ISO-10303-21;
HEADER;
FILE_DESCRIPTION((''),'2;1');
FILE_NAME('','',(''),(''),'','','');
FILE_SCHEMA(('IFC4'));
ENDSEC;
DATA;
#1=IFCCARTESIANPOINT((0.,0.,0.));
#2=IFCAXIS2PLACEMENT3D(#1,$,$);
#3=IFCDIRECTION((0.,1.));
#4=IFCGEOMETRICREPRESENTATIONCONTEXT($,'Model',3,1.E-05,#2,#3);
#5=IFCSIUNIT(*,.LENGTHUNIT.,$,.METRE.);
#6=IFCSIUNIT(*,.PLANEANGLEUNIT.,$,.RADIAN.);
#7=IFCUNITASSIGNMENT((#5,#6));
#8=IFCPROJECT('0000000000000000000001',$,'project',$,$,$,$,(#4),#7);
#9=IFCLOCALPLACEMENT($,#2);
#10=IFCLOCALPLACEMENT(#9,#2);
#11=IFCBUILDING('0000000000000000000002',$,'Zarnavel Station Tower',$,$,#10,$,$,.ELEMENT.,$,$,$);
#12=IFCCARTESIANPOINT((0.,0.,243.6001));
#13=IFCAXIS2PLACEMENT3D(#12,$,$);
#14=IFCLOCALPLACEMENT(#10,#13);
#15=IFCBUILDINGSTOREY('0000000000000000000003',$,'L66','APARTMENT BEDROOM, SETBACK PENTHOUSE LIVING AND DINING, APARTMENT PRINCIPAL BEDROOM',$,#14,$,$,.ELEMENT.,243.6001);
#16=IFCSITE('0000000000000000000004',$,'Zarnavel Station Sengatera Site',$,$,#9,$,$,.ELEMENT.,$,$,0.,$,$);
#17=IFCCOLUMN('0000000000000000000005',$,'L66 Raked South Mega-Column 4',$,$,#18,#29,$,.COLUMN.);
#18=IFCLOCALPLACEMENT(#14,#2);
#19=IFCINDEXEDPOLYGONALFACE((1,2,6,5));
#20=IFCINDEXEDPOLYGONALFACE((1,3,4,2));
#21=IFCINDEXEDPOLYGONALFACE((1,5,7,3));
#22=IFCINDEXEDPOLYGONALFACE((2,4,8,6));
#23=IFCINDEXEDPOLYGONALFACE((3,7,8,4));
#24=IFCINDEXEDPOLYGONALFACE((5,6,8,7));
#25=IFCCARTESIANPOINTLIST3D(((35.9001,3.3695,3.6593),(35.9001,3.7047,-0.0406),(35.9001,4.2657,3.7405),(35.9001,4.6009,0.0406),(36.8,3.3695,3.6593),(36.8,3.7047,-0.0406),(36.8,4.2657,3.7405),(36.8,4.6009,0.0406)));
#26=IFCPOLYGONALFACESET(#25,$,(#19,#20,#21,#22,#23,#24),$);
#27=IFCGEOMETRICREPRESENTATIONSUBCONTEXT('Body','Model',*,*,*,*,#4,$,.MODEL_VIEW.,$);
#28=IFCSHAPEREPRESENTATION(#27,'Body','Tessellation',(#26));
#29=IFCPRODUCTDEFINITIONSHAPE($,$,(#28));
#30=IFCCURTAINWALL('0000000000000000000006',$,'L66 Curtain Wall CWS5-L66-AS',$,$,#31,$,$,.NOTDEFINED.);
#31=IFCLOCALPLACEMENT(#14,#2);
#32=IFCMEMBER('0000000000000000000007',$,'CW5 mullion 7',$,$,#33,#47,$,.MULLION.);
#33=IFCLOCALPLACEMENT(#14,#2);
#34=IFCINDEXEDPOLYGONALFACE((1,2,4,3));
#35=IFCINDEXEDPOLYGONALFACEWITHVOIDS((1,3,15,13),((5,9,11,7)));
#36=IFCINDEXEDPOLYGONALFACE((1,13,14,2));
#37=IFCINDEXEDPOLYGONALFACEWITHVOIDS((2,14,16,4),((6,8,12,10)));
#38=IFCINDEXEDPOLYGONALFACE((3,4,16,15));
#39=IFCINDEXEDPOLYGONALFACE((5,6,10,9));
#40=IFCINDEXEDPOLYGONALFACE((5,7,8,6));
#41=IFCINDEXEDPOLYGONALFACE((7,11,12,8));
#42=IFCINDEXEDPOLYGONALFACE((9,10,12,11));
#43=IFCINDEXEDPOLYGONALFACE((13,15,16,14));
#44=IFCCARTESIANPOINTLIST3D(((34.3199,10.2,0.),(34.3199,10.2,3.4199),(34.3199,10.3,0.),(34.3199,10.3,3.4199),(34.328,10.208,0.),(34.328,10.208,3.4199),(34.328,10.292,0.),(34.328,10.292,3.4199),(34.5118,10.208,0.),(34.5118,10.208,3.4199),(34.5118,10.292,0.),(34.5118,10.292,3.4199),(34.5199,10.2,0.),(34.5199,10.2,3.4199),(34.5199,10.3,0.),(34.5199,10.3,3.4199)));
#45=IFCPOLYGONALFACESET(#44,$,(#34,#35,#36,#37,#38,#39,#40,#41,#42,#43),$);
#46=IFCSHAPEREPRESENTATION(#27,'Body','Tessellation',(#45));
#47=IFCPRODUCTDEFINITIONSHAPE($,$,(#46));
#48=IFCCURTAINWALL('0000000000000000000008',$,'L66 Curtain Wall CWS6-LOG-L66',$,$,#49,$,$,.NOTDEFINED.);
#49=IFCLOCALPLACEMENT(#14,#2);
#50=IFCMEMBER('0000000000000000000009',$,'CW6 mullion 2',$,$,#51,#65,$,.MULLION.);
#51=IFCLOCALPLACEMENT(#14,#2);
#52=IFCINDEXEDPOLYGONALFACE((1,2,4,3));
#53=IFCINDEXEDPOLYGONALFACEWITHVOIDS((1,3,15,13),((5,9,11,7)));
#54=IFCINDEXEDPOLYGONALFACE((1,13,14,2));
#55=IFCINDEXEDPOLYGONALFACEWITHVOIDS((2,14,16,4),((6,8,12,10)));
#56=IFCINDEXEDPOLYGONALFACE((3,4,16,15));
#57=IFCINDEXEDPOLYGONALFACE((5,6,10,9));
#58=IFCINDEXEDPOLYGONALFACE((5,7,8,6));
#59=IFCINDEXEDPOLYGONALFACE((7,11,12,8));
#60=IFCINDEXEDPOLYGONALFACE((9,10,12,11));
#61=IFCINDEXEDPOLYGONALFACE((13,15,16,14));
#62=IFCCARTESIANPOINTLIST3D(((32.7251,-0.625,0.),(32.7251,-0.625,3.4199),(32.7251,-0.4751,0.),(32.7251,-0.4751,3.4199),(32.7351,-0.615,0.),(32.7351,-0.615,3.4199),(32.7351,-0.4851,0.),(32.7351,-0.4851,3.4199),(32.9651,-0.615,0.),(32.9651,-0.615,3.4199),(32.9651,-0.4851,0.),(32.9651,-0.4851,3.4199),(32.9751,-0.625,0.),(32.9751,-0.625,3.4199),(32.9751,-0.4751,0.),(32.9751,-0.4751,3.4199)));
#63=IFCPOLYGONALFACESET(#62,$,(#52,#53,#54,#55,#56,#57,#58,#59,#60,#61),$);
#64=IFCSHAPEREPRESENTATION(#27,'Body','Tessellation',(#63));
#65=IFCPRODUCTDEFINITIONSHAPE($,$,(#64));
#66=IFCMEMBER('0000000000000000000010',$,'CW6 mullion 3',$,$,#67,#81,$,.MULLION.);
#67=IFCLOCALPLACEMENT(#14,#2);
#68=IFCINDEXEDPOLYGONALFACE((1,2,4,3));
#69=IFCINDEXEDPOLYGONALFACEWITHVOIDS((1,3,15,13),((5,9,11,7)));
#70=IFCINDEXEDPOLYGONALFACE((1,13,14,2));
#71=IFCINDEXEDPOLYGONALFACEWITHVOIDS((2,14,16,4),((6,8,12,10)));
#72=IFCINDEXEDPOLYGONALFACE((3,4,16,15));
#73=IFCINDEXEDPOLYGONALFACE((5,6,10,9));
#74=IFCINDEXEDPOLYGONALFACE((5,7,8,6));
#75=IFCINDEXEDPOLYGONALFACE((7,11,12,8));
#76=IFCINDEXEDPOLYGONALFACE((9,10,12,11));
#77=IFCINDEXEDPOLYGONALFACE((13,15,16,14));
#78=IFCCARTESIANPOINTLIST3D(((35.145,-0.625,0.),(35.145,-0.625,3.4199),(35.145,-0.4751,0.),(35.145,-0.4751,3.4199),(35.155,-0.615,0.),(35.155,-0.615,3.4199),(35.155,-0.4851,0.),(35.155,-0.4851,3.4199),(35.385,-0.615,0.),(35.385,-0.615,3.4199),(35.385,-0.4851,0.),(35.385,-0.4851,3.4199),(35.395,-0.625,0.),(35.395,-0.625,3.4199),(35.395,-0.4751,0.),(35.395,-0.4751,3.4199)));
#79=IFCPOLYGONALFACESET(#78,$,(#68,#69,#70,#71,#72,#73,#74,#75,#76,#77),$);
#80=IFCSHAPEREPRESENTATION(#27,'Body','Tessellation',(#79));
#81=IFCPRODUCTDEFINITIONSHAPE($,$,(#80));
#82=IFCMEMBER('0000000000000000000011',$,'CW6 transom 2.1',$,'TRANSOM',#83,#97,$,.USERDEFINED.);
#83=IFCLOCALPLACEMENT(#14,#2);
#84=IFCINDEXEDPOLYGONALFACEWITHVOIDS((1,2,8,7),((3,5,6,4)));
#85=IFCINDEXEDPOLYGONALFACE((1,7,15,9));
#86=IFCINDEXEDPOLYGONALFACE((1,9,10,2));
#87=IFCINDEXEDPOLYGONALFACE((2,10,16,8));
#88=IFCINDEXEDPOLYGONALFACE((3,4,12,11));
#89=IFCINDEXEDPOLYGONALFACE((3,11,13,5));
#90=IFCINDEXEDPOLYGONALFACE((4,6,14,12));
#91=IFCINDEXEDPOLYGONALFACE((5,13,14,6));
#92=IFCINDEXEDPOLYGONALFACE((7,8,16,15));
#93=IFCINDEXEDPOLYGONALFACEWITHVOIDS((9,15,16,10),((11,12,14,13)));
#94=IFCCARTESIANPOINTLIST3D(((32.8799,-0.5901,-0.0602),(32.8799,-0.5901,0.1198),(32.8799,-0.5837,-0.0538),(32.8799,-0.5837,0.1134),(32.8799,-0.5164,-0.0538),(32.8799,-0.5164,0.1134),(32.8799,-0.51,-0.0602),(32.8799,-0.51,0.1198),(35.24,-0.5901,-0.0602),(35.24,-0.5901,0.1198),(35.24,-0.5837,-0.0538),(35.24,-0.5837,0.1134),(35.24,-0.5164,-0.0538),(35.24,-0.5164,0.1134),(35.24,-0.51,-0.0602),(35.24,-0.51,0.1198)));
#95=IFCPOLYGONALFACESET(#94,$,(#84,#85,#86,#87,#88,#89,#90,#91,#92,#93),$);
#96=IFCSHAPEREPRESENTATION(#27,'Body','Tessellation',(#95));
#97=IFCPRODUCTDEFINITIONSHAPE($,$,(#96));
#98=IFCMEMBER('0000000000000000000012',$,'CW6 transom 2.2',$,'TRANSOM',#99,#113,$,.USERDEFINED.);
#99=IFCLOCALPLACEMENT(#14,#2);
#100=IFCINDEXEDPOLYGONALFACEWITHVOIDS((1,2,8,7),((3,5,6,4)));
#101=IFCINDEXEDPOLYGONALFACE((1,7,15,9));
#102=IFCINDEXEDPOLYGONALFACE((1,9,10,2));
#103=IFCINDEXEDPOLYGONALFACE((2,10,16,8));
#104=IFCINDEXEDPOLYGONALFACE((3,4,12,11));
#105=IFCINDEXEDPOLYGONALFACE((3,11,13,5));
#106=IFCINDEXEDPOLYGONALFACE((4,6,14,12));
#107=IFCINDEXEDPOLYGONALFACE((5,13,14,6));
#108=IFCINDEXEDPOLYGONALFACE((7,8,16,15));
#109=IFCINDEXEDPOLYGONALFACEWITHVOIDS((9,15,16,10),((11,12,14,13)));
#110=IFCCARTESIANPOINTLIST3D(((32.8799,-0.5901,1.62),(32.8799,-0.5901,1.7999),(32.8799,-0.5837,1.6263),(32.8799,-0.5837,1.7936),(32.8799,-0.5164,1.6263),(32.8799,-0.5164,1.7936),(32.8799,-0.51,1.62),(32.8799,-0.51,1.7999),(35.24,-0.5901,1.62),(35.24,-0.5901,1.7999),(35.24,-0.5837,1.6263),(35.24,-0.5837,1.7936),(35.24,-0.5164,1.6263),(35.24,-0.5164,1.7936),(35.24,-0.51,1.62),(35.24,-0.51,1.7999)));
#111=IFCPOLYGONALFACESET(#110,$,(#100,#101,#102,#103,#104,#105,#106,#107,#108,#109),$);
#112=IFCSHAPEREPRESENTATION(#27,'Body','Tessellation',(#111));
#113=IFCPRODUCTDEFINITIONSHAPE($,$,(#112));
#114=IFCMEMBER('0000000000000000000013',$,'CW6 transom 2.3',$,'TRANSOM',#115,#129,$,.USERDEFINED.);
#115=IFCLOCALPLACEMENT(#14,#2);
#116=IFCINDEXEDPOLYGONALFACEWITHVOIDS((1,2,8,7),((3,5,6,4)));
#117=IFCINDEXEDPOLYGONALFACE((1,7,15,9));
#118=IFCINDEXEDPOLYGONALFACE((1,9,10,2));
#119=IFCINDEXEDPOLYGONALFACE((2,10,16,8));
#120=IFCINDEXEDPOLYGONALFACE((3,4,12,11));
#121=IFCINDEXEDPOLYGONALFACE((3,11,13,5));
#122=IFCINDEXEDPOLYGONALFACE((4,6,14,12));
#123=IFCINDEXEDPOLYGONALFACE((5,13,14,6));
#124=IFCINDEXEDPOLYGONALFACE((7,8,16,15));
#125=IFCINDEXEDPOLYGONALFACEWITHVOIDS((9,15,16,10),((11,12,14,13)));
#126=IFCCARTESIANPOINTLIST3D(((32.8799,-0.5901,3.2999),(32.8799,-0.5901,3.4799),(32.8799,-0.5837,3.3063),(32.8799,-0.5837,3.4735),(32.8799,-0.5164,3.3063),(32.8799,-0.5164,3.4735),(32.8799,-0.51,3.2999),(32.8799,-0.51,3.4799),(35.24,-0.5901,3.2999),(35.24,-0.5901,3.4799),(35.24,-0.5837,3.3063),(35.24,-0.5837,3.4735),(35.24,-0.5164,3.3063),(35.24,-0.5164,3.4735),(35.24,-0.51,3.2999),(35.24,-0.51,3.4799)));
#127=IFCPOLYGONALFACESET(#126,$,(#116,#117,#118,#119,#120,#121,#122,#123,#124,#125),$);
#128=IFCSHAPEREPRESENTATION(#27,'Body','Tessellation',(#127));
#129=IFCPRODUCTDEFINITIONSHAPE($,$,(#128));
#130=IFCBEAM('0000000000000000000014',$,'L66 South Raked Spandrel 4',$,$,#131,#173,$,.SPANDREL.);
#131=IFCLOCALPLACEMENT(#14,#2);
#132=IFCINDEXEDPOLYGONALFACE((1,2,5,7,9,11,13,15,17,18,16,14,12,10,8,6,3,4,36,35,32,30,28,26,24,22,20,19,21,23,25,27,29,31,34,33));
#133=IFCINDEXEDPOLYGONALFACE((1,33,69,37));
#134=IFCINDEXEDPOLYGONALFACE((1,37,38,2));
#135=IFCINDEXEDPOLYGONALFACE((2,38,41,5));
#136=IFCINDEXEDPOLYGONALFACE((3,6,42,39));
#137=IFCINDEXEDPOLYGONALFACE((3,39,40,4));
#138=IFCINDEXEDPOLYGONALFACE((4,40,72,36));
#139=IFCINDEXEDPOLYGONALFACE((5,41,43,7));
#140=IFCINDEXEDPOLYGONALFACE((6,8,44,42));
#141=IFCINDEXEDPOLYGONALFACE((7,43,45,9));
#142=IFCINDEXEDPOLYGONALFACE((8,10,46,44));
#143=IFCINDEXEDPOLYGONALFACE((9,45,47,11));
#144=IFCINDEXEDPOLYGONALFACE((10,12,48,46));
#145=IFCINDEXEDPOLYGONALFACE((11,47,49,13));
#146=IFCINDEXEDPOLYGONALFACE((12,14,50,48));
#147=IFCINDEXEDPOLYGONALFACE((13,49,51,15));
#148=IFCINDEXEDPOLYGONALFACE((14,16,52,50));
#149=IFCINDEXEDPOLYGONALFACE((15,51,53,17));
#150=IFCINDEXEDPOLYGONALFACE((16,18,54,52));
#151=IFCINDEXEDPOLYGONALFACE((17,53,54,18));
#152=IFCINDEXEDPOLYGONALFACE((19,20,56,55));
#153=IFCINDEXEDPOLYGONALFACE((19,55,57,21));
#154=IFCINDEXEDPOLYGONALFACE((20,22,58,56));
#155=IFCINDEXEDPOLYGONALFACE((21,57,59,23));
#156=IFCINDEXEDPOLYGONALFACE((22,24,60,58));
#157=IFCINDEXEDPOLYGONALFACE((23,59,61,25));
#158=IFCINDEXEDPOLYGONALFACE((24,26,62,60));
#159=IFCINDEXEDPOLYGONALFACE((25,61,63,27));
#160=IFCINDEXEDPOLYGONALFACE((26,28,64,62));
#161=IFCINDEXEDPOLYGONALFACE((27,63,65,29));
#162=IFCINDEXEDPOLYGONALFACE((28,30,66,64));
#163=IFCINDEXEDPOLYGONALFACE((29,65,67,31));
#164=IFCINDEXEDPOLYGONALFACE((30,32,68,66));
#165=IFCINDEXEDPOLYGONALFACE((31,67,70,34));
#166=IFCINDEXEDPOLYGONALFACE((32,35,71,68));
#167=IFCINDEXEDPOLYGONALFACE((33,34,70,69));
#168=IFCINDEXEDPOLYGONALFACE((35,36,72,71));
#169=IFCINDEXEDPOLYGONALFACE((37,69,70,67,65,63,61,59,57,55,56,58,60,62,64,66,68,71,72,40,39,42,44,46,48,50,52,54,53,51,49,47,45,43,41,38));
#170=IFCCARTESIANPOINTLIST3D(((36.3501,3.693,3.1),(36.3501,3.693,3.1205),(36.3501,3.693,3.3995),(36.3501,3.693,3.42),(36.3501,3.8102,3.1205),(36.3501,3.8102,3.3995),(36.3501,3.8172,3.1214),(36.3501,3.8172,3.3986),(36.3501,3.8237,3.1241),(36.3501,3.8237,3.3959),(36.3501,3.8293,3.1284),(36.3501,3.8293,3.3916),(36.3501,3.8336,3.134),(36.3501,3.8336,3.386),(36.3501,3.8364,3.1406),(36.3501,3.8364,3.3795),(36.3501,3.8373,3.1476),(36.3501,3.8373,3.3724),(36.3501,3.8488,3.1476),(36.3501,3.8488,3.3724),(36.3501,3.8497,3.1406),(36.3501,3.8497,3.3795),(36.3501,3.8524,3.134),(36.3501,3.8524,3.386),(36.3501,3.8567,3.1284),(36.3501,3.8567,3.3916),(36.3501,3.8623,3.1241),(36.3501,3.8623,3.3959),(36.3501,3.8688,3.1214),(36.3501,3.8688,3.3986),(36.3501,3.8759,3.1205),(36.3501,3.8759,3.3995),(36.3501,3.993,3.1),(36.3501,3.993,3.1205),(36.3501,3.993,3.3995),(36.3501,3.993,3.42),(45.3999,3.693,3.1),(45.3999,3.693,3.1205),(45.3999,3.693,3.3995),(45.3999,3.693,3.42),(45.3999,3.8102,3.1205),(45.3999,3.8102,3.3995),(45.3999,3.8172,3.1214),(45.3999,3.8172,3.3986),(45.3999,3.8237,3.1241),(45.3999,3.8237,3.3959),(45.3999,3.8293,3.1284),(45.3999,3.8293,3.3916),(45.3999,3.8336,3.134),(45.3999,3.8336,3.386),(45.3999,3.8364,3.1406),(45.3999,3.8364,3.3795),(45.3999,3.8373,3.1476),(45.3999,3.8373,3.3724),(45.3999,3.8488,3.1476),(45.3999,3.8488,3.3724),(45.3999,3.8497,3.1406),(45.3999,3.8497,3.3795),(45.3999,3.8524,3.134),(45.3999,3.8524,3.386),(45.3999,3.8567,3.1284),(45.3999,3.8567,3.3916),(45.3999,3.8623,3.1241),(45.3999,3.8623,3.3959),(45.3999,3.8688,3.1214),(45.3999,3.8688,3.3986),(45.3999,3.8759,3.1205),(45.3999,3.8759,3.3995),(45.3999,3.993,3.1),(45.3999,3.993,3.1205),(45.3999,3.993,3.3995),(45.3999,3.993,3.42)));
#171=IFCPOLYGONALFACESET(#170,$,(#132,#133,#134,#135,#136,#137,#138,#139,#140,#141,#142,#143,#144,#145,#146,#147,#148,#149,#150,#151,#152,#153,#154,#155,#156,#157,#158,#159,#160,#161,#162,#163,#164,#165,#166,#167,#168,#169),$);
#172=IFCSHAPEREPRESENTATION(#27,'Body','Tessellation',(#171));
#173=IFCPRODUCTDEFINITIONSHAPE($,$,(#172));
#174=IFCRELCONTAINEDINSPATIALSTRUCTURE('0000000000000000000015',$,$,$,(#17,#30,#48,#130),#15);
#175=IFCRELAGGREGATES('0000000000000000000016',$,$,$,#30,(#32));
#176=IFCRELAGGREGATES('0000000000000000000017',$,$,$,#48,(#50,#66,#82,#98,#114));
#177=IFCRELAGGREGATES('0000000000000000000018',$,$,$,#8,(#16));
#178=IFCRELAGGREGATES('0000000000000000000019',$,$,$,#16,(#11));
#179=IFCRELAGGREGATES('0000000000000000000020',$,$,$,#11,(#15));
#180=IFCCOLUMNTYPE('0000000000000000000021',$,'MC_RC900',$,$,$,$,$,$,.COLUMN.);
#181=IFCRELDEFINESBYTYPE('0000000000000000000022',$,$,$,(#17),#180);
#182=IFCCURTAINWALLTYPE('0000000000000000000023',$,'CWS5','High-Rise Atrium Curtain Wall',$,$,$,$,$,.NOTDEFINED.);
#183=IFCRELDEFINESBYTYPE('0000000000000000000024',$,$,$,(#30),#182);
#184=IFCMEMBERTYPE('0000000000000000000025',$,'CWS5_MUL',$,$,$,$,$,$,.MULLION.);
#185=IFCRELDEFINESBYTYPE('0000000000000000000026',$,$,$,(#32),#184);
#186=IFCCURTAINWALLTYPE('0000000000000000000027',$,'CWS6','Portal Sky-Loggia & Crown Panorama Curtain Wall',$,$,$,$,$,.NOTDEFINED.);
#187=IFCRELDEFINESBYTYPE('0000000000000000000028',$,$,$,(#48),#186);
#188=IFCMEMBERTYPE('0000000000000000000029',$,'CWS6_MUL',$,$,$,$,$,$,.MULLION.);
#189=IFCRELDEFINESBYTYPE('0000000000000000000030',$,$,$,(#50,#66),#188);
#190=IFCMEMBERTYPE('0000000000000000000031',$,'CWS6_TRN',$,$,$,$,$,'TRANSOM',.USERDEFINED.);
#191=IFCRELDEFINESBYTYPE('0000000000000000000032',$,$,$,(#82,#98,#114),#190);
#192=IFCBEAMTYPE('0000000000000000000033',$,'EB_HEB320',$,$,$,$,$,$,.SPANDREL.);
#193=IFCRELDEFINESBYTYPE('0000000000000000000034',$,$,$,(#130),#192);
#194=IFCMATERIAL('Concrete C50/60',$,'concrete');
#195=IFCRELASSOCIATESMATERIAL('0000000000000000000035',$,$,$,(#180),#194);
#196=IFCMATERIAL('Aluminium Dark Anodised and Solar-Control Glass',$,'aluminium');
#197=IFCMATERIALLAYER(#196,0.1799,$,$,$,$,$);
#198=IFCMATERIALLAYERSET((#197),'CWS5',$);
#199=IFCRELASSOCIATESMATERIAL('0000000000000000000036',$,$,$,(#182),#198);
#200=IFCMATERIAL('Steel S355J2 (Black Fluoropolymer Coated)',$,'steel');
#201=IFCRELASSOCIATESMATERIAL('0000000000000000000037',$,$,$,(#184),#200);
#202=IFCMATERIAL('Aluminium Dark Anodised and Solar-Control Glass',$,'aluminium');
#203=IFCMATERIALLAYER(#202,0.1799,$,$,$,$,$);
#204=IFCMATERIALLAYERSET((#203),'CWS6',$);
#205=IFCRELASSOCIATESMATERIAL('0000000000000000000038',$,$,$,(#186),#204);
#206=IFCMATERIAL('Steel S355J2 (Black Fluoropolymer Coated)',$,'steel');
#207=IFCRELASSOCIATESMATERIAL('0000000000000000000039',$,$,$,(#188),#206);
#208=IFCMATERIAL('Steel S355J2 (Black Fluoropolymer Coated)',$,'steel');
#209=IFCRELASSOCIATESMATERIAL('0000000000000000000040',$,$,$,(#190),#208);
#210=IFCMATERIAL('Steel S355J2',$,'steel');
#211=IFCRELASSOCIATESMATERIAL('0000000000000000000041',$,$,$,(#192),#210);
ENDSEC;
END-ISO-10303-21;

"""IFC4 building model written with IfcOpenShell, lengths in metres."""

from ifc_helpers import new_model, si_unit, direction, frame, origin, origin_2d, place, context, subcontext, project, spatial, rectangle, hollow_rectangle, i_section, extrude, material, layer, layer_set, material_profile, profile_set, type_object, element, aggregate, save


model = new_model("IFC4")

# Units and contexts
model_context = context("Model", 3, precision=1e-05, world=origin(), true_north=direction((0.0, 1.0)))
body_context = subcontext(model_context, "Body", "Model", "MODEL_VIEW")
ifc_project = project(units=[si_unit("LENGTHUNIT", "METRE"), si_unit("PLANEANGLEUNIT", "RADIAN")], contexts=[model_context])

# Site, building, storey
site_placement = place(None, origin())
site = spatial("IfcSite", under=ifc_project, at=site_placement, Name="Zarnavel Station Sengatera Site", CompositionType="ELEMENT", RefElevation=0.0)
building_placement = place(site_placement, origin())
building = spatial("IfcBuilding", under=site, at=building_placement, Name="Zarnavel Station Tower", CompositionType="ELEMENT")
storey_placement = place(building_placement, frame((0.0, 0.0, 243.6001)))
storey = spatial("IfcBuildingStorey", under=building, at=storey_placement, Name="L66", Description="APARTMENT BEDROOM, SETBACK PENTHOUSE LIVING AND DINING, APARTMENT PRINCIPAL BEDROOM", CompositionType="ELEMENT", Elevation=243.6001)

# Column
ifc_material_1 = material(Name="Concrete C50/60", Category="concrete")
ifc_material_profile_1 = material_profile(ifc_material_1, rectangle(XDim=0.8999, YDim=0.8999, at=origin_2d()), Name="RC900x900")
ifc_profile_set_1 = profile_set([ifc_material_profile_1], Name="Concrete C50/60")
column_type = type_object("IfcColumnType", Name="MC_RC900", PredefinedType="COLUMN", material=ifc_profile_set_1)
column_placement = place(storey_placement, frame((36.3501, 4.1528, 0.0), z_axis=(0.0, -0.090228, 0.995921), x_axis=(1.0, 0.0, 0.0)))
element("IfcColumn", 1, at=column_placement, inside=storey, type_object=column_type, Name="L66 Raked South Mega-Column 4", PredefinedType="COLUMN", context=body_context, shape_type="SweptSolid", body=[
    extrude(rectangle(XDim=0.8999, YDim=0.8999, at=origin_2d()), origin(), (0.0, 0.0, 1.0), 3.7151),
])

# Curtain wall, member
ifc_material_2 = material(Name="Aluminium Dark Anodised and Solar-Control Glass", Category="aluminium")
ifc_layer_1 = layer(ifc_material_2, 0.1799)
ifc_layer_set_1 = layer_set([ifc_layer_1], Name="CWS5")
curtain_wall_type_1 = type_object("IfcCurtainWallType", Name="CWS5", Description="High-Rise Atrium Curtain Wall", PredefinedType="NOTDEFINED", material=ifc_layer_set_1)
curtain_wall_1_placement = place(storey_placement, origin())
curtain_wall_1 = element("IfcCurtainWall", 2, at=curtain_wall_1_placement, inside=storey, type_object=curtain_wall_type_1, Name="L66 Curtain Wall CWS5-L66-AS", PredefinedType="NOTDEFINED")
ifc_material_3 = material(Name="Steel S355J2 (Black Fluoropolymer Coated)", Category="steel")
ifc_material_profile_2 = material_profile(ifc_material_3, hollow_rectangle(XDim=0.1001, YDim=0.2, WallThickness=0.0081, at=origin_2d()), Name="RHS200x100x8")
ifc_profile_set_2 = profile_set([ifc_material_profile_2], Name="Steel S355J2 (Black Fluoropolymer Coated)")
member_type_1 = type_object("IfcMemberType", Name="CWS5_MUL", PredefinedType="MULLION", material=ifc_profile_set_2)
member_1_placement = place(storey_placement, frame((34.4199, 10.25, 0.0), z_axis=(0.0, 0.0, 1.0), x_axis=(0.0, 1.0, 0.0)))
member_1 = element("IfcMember", 3, at=member_1_placement, type_object=member_type_1, Name="CW5 mullion 7", PredefinedType="MULLION", context=body_context, shape_type="SweptSolid", body=[
    extrude(hollow_rectangle(XDim=0.1001, YDim=0.2, WallThickness=0.0081, at=origin_2d()), origin(), (0.0, 0.0, 1.0), 3.4199),
])

# Curtain wall, members
ifc_material_4 = material(Name="Aluminium Dark Anodised and Solar-Control Glass", Category="aluminium")
ifc_layer_2 = layer(ifc_material_4, 0.1799)
ifc_layer_set_2 = layer_set([ifc_layer_2], Name="CWS6")
curtain_wall_type_2 = type_object("IfcCurtainWallType", Name="CWS6", Description="Portal Sky-Loggia & Crown Panorama Curtain Wall", PredefinedType="NOTDEFINED", material=ifc_layer_set_2)
curtain_wall_2_placement = place(storey_placement, origin())
curtain_wall_2 = element("IfcCurtainWall", 4, at=curtain_wall_2_placement, inside=storey, type_object=curtain_wall_type_2, Name="L66 Curtain Wall CWS6-LOG-L66", PredefinedType="NOTDEFINED")
ifc_material_5 = material(Name="Steel S355J2 (Black Fluoropolymer Coated)", Category="steel")
ifc_material_profile_3 = material_profile(ifc_material_5, hollow_rectangle(XDim=0.1499, YDim=0.25, WallThickness=0.01, at=origin_2d()), Name="RHS250x150x10")
ifc_profile_set_3 = profile_set([ifc_material_profile_3], Name="Steel S355J2 (Black Fluoropolymer Coated)")
member_type_2 = type_object("IfcMemberType", Name="CWS6_MUL", PredefinedType="MULLION", material=ifc_profile_set_3)
member_2_placement = place(storey_placement, frame((32.8501, -0.55, 0.0), z_axis=(0.0, 0.0, 1.0), x_axis=(0.0, 1.0, 0.0)))
member_2 = element("IfcMember", 5, at=member_2_placement, type_object=member_type_2, Name="CW6 mullion 2", PredefinedType="MULLION", context=body_context, shape_type="SweptSolid", body=[
    extrude(hollow_rectangle(XDim=0.1499, YDim=0.25, WallThickness=0.01, at=origin_2d()), origin(), (0.0, 0.0, 1.0), 3.4199),
])
member_3_placement = place(storey_placement, frame((35.27, -0.55, 0.0), z_axis=(0.0, 0.0, 1.0), x_axis=(0.0, 1.0, 0.0)))
member_3 = element("IfcMember", 6, at=member_3_placement, type_object=member_type_2, Name="CW6 mullion 3", PredefinedType="MULLION", context=body_context, shape_type="SweptSolid", body=[
    extrude(hollow_rectangle(XDim=0.1499, YDim=0.25, WallThickness=0.01, at=origin_2d()), origin(), (0.0, 0.0, 1.0), 3.4199),
])
ifc_material_6 = material(Name="Steel S355J2 (Black Fluoropolymer Coated)", Category="steel")
ifc_material_profile_4 = material_profile(ifc_material_6, hollow_rectangle(XDim=0.0801, YDim=0.1799, WallThickness=0.0063, at=origin_2d()), Name="RHS180x80x6.3")
ifc_profile_set_4 = profile_set([ifc_material_profile_4], Name="Steel S355J2 (Black Fluoropolymer Coated)")
member_type_3 = type_object("IfcMemberType", Name="CWS6_TRN", ElementType="TRANSOM", PredefinedType="USERDEFINED", material=ifc_profile_set_4)
member_4_placement = place(storey_placement, frame((32.8799, -0.55, 0.0298), z_axis=(1.0, 0.0, 0.0), x_axis=(0.0, 1.0, 0.0)))
member_4 = element("IfcMember", 7, at=member_4_placement, type_object=member_type_3, Name="CW6 transom 2.1", ObjectType="TRANSOM", PredefinedType="USERDEFINED", context=body_context, shape_type="SweptSolid", body=[
    extrude(hollow_rectangle(XDim=0.0801, YDim=0.1799, WallThickness=0.0063, at=origin_2d()), origin(), (0.0, 0.0, 1.0), 2.3601),
])
member_5_placement = place(storey_placement, frame((32.8799, -0.55, 1.71), z_axis=(1.0, 0.0, 0.0), x_axis=(0.0, 1.0, 0.0)))
member_5 = element("IfcMember", 8, at=member_5_placement, type_object=member_type_3, Name="CW6 transom 2.2", ObjectType="TRANSOM", PredefinedType="USERDEFINED", context=body_context, shape_type="SweptSolid", body=[
    extrude(hollow_rectangle(XDim=0.0801, YDim=0.1799, WallThickness=0.0063, at=origin_2d()), origin(), (0.0, 0.0, 1.0), 2.3601),
])
member_6_placement = place(storey_placement, frame((32.8799, -0.55, 3.3899), z_axis=(1.0, 0.0, 0.0), x_axis=(0.0, 1.0, 0.0)))
member_6 = element("IfcMember", 9, at=member_6_placement, type_object=member_type_3, Name="CW6 transom 2.3", ObjectType="TRANSOM", PredefinedType="USERDEFINED", context=body_context, shape_type="SweptSolid", body=[
    extrude(hollow_rectangle(XDim=0.0801, YDim=0.1799, WallThickness=0.0063, at=origin_2d()), origin(), (0.0, 0.0, 1.0), 2.3601),
])

# Beam
ifc_material_7 = material(Name="Steel S355J2", Category="steel")
ifc_material_profile_5 = material_profile(ifc_material_7, i_section(OverallWidth=0.3, OverallDepth=0.3201, WebThickness=0.0115, FlangeThickness=0.0205, FilletRadius=0.0271, at=origin_2d()), Name="HEB320")
ifc_profile_set_5 = profile_set([ifc_material_profile_5], Name="Steel S355J2")
beam_type_1 = type_object("IfcBeamType", Name="EB_HEB320", PredefinedType="SPANDREL", material=ifc_profile_set_5)
beam_1_placement = place(storey_placement, frame((36.3501, 3.843, 3.26), z_axis=(1.0, 0.0, 0.0), x_axis=(0.0, 1.0, 0.0)))
element("IfcBeam", 10, at=beam_1_placement, inside=storey, type_object=beam_type_1, Name="L66 South Raked Spandrel 4", PredefinedType="SPANDREL", context=body_context, shape_type="SweptSolid", body=[
    extrude(i_section(OverallWidth=0.3, OverallDepth=0.3201, WebThickness=0.0115, FlangeThickness=0.0205, FilletRadius=0.0271, at=origin_2d()), origin(), (0.0, 0.0, 1.0), 9.0498),
])

aggregate(curtain_wall_1, [member_1])
aggregate(curtain_wall_2, [member_2, member_3, member_4, member_5, member_6])

save(model, "model.ifc")
